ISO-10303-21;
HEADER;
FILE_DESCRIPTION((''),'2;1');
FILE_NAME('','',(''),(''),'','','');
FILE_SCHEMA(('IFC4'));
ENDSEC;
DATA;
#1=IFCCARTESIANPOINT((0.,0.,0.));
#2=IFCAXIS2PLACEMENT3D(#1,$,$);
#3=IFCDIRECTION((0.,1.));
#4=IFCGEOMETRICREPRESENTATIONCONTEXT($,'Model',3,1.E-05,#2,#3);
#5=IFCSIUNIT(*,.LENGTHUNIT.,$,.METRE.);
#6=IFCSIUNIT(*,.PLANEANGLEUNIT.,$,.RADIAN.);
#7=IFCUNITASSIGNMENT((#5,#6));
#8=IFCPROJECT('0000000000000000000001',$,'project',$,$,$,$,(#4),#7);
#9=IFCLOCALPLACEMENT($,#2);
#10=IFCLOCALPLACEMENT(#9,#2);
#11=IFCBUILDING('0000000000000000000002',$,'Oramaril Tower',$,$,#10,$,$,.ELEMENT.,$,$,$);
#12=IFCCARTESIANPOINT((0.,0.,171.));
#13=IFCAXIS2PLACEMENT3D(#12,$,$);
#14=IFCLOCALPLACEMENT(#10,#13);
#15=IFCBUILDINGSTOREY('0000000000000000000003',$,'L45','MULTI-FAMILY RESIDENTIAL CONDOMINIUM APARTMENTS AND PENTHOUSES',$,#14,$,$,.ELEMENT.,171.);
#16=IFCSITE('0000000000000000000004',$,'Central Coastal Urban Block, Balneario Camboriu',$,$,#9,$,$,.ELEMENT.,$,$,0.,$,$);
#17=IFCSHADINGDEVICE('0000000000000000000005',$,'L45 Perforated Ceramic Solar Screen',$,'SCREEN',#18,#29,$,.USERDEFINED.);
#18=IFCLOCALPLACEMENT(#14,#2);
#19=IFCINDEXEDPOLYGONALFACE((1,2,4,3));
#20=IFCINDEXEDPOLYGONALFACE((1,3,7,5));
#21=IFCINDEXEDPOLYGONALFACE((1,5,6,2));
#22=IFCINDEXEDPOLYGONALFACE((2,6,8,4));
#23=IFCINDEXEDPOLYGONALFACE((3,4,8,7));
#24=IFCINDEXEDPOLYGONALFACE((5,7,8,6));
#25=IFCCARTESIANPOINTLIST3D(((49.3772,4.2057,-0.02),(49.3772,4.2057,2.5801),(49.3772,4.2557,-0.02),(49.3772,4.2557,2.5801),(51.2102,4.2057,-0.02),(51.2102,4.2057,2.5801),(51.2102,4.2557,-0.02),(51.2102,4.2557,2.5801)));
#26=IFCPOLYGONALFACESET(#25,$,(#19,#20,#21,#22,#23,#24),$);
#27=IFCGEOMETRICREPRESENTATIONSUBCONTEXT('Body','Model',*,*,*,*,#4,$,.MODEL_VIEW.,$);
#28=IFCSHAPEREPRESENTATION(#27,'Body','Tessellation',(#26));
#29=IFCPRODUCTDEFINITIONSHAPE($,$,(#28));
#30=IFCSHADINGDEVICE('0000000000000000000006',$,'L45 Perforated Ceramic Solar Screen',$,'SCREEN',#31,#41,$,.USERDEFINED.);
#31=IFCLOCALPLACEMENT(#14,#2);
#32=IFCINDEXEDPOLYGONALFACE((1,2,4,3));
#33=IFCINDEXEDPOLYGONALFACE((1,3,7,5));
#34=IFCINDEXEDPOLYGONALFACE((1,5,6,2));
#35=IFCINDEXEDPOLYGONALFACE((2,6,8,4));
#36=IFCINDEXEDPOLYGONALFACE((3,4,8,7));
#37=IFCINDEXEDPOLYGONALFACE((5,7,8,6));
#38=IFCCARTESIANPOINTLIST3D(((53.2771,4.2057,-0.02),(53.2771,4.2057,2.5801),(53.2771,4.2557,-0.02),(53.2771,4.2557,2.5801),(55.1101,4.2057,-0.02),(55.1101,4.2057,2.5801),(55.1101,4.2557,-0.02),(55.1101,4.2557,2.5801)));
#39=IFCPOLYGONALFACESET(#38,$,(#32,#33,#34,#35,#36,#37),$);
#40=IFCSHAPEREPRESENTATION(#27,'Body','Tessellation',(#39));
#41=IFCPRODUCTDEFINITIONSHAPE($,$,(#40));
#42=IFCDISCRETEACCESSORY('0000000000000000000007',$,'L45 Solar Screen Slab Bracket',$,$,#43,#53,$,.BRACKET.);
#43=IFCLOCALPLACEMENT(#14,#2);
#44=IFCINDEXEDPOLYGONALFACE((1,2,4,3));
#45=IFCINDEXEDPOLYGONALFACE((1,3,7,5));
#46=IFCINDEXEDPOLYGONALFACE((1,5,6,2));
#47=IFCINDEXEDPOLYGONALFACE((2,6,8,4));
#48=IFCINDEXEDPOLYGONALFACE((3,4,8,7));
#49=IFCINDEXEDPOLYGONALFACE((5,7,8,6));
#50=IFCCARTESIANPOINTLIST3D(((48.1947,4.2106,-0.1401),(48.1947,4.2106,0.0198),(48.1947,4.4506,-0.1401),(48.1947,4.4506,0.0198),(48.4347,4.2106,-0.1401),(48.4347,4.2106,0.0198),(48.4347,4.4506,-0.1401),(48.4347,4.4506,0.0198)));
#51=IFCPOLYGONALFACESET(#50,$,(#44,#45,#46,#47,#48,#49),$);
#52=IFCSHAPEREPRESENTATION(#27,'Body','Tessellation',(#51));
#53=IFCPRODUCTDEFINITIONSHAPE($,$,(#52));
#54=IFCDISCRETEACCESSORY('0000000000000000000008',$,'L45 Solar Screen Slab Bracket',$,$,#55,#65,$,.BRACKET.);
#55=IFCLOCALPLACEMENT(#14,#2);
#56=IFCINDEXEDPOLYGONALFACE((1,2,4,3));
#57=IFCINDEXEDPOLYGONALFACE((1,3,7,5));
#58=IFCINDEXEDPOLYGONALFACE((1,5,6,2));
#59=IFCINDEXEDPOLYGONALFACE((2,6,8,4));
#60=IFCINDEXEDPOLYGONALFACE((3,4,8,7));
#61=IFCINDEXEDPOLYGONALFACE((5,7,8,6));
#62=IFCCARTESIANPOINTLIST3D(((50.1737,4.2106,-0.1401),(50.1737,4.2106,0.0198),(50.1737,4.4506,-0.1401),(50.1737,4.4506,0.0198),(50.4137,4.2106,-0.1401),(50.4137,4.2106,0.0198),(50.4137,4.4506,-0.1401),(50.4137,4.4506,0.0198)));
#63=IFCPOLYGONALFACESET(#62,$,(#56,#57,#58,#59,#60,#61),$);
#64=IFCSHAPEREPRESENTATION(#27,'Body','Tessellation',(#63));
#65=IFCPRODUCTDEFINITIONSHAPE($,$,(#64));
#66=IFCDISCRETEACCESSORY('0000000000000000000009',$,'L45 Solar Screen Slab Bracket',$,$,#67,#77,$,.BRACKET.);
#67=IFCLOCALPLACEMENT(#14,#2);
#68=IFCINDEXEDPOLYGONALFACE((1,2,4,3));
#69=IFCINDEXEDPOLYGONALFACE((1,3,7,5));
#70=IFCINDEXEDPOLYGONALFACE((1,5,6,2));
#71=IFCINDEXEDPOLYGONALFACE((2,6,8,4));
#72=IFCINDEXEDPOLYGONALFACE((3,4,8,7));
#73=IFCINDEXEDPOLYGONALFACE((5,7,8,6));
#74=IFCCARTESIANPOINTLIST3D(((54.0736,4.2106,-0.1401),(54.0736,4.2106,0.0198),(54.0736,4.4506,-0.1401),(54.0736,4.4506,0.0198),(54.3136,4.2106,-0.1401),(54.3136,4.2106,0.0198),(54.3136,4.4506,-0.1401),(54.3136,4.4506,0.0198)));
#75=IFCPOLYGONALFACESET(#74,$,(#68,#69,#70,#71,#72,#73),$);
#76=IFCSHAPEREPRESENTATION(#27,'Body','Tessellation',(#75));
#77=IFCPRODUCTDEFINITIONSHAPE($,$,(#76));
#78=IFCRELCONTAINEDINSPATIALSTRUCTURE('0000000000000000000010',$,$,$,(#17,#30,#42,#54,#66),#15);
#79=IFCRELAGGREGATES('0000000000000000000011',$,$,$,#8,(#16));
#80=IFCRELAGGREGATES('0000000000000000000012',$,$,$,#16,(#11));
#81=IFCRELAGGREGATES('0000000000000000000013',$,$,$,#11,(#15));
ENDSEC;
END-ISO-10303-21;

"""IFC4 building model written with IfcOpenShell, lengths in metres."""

from ifc_helpers import new_model, si_unit, direction, frame, origin, origin_2d, place, context, subcontext, project, spatial, rectangle, extrude, element, save


model = new_model("IFC4")

# Units and contexts
model_context = context("Model", 3, precision=1e-05, world=origin(), true_north=direction((0.0, 1.0)))
body_context = subcontext(model_context, "Body", "Model", "MODEL_VIEW")
ifc_project = project(units=[si_unit("LENGTHUNIT", "METRE"), si_unit("PLANEANGLEUNIT", "RADIAN")], contexts=[model_context])

# Site, building, storey
site_placement = place(None, origin())
site = spatial("IfcSite", under=ifc_project, at=site_placement, Name="Central Coastal Urban Block, Balneario Camboriu", CompositionType="ELEMENT", RefElevation=0.0)
building_placement = place(site_placement, origin())
building = spatial("IfcBuilding", under=site, at=building_placement, Name="Oramaril Tower", CompositionType="ELEMENT")
storey_placement = place(building_placement, frame((0.0, 0.0, 171.0)))
storey = spatial("IfcBuildingStorey", under=building, at=storey_placement, Name="L45", Description="MULTI-FAMILY RESIDENTIAL CONDOMINIUM APARTMENTS AND PENTHOUSES", CompositionType="ELEMENT", Elevation=171.0)

# Shading devices
for number, where, z_axis, x_axis, name in (
    (1, (50.2937, 4.2307, -0.02), (0.0, 0.0, 1.0), (1.0, 0.0, 0.0), "L45 Perforated Ceramic Solar Screen"),
    (2, (54.1936, 4.2307, -0.02), (0.0, 0.0, 1.0), (1.0, 0.0, 0.0), "L45 Perforated Ceramic Solar Screen"),
):
    element("IfcShadingDevice", number, at=place(storey_placement, frame(where, z_axis=z_axis, x_axis=x_axis)), inside=storey, Name=name, ObjectType="SCREEN", PredefinedType="USERDEFINED", context=body_context, shape_type="SweptSolid", body=[
        extrude(rectangle(XDim=1.833, YDim=0.05, at=origin_2d()), origin(), (0.0, 0.0, 1.0), 2.6001),
    ])

# Discrete accessories
for number, where, z_axis, x_axis, name in (
    (3, (48.3147, 4.3306, -0.1401), (0.0, 0.0, 1.0), (1.0, 0.0, 0.0), "L45 Solar Screen Slab Bracket"),
    (4, (50.2937, 4.3306, -0.1401), (0.0, 0.0, 1.0), (1.0, 0.0, 0.0), "L45 Solar Screen Slab Bracket"),
    (5, (54.1936, 4.3306, -0.1401), (0.0, 0.0, 1.0), (1.0, 0.0, 0.0), "L45 Solar Screen Slab Bracket"),
):
    element("IfcDiscreteAccessory", number, at=place(storey_placement, frame(where, z_axis=z_axis, x_axis=x_axis)), inside=storey, Name=name, PredefinedType="BRACKET", context=body_context, shape_type="SweptSolid", body=[
        extrude(rectangle(XDim=0.24, YDim=0.24, at=origin_2d()), origin(), (0.0, 0.0, 1.0), 0.1599),
    ])

save(model, "model.ifc")
